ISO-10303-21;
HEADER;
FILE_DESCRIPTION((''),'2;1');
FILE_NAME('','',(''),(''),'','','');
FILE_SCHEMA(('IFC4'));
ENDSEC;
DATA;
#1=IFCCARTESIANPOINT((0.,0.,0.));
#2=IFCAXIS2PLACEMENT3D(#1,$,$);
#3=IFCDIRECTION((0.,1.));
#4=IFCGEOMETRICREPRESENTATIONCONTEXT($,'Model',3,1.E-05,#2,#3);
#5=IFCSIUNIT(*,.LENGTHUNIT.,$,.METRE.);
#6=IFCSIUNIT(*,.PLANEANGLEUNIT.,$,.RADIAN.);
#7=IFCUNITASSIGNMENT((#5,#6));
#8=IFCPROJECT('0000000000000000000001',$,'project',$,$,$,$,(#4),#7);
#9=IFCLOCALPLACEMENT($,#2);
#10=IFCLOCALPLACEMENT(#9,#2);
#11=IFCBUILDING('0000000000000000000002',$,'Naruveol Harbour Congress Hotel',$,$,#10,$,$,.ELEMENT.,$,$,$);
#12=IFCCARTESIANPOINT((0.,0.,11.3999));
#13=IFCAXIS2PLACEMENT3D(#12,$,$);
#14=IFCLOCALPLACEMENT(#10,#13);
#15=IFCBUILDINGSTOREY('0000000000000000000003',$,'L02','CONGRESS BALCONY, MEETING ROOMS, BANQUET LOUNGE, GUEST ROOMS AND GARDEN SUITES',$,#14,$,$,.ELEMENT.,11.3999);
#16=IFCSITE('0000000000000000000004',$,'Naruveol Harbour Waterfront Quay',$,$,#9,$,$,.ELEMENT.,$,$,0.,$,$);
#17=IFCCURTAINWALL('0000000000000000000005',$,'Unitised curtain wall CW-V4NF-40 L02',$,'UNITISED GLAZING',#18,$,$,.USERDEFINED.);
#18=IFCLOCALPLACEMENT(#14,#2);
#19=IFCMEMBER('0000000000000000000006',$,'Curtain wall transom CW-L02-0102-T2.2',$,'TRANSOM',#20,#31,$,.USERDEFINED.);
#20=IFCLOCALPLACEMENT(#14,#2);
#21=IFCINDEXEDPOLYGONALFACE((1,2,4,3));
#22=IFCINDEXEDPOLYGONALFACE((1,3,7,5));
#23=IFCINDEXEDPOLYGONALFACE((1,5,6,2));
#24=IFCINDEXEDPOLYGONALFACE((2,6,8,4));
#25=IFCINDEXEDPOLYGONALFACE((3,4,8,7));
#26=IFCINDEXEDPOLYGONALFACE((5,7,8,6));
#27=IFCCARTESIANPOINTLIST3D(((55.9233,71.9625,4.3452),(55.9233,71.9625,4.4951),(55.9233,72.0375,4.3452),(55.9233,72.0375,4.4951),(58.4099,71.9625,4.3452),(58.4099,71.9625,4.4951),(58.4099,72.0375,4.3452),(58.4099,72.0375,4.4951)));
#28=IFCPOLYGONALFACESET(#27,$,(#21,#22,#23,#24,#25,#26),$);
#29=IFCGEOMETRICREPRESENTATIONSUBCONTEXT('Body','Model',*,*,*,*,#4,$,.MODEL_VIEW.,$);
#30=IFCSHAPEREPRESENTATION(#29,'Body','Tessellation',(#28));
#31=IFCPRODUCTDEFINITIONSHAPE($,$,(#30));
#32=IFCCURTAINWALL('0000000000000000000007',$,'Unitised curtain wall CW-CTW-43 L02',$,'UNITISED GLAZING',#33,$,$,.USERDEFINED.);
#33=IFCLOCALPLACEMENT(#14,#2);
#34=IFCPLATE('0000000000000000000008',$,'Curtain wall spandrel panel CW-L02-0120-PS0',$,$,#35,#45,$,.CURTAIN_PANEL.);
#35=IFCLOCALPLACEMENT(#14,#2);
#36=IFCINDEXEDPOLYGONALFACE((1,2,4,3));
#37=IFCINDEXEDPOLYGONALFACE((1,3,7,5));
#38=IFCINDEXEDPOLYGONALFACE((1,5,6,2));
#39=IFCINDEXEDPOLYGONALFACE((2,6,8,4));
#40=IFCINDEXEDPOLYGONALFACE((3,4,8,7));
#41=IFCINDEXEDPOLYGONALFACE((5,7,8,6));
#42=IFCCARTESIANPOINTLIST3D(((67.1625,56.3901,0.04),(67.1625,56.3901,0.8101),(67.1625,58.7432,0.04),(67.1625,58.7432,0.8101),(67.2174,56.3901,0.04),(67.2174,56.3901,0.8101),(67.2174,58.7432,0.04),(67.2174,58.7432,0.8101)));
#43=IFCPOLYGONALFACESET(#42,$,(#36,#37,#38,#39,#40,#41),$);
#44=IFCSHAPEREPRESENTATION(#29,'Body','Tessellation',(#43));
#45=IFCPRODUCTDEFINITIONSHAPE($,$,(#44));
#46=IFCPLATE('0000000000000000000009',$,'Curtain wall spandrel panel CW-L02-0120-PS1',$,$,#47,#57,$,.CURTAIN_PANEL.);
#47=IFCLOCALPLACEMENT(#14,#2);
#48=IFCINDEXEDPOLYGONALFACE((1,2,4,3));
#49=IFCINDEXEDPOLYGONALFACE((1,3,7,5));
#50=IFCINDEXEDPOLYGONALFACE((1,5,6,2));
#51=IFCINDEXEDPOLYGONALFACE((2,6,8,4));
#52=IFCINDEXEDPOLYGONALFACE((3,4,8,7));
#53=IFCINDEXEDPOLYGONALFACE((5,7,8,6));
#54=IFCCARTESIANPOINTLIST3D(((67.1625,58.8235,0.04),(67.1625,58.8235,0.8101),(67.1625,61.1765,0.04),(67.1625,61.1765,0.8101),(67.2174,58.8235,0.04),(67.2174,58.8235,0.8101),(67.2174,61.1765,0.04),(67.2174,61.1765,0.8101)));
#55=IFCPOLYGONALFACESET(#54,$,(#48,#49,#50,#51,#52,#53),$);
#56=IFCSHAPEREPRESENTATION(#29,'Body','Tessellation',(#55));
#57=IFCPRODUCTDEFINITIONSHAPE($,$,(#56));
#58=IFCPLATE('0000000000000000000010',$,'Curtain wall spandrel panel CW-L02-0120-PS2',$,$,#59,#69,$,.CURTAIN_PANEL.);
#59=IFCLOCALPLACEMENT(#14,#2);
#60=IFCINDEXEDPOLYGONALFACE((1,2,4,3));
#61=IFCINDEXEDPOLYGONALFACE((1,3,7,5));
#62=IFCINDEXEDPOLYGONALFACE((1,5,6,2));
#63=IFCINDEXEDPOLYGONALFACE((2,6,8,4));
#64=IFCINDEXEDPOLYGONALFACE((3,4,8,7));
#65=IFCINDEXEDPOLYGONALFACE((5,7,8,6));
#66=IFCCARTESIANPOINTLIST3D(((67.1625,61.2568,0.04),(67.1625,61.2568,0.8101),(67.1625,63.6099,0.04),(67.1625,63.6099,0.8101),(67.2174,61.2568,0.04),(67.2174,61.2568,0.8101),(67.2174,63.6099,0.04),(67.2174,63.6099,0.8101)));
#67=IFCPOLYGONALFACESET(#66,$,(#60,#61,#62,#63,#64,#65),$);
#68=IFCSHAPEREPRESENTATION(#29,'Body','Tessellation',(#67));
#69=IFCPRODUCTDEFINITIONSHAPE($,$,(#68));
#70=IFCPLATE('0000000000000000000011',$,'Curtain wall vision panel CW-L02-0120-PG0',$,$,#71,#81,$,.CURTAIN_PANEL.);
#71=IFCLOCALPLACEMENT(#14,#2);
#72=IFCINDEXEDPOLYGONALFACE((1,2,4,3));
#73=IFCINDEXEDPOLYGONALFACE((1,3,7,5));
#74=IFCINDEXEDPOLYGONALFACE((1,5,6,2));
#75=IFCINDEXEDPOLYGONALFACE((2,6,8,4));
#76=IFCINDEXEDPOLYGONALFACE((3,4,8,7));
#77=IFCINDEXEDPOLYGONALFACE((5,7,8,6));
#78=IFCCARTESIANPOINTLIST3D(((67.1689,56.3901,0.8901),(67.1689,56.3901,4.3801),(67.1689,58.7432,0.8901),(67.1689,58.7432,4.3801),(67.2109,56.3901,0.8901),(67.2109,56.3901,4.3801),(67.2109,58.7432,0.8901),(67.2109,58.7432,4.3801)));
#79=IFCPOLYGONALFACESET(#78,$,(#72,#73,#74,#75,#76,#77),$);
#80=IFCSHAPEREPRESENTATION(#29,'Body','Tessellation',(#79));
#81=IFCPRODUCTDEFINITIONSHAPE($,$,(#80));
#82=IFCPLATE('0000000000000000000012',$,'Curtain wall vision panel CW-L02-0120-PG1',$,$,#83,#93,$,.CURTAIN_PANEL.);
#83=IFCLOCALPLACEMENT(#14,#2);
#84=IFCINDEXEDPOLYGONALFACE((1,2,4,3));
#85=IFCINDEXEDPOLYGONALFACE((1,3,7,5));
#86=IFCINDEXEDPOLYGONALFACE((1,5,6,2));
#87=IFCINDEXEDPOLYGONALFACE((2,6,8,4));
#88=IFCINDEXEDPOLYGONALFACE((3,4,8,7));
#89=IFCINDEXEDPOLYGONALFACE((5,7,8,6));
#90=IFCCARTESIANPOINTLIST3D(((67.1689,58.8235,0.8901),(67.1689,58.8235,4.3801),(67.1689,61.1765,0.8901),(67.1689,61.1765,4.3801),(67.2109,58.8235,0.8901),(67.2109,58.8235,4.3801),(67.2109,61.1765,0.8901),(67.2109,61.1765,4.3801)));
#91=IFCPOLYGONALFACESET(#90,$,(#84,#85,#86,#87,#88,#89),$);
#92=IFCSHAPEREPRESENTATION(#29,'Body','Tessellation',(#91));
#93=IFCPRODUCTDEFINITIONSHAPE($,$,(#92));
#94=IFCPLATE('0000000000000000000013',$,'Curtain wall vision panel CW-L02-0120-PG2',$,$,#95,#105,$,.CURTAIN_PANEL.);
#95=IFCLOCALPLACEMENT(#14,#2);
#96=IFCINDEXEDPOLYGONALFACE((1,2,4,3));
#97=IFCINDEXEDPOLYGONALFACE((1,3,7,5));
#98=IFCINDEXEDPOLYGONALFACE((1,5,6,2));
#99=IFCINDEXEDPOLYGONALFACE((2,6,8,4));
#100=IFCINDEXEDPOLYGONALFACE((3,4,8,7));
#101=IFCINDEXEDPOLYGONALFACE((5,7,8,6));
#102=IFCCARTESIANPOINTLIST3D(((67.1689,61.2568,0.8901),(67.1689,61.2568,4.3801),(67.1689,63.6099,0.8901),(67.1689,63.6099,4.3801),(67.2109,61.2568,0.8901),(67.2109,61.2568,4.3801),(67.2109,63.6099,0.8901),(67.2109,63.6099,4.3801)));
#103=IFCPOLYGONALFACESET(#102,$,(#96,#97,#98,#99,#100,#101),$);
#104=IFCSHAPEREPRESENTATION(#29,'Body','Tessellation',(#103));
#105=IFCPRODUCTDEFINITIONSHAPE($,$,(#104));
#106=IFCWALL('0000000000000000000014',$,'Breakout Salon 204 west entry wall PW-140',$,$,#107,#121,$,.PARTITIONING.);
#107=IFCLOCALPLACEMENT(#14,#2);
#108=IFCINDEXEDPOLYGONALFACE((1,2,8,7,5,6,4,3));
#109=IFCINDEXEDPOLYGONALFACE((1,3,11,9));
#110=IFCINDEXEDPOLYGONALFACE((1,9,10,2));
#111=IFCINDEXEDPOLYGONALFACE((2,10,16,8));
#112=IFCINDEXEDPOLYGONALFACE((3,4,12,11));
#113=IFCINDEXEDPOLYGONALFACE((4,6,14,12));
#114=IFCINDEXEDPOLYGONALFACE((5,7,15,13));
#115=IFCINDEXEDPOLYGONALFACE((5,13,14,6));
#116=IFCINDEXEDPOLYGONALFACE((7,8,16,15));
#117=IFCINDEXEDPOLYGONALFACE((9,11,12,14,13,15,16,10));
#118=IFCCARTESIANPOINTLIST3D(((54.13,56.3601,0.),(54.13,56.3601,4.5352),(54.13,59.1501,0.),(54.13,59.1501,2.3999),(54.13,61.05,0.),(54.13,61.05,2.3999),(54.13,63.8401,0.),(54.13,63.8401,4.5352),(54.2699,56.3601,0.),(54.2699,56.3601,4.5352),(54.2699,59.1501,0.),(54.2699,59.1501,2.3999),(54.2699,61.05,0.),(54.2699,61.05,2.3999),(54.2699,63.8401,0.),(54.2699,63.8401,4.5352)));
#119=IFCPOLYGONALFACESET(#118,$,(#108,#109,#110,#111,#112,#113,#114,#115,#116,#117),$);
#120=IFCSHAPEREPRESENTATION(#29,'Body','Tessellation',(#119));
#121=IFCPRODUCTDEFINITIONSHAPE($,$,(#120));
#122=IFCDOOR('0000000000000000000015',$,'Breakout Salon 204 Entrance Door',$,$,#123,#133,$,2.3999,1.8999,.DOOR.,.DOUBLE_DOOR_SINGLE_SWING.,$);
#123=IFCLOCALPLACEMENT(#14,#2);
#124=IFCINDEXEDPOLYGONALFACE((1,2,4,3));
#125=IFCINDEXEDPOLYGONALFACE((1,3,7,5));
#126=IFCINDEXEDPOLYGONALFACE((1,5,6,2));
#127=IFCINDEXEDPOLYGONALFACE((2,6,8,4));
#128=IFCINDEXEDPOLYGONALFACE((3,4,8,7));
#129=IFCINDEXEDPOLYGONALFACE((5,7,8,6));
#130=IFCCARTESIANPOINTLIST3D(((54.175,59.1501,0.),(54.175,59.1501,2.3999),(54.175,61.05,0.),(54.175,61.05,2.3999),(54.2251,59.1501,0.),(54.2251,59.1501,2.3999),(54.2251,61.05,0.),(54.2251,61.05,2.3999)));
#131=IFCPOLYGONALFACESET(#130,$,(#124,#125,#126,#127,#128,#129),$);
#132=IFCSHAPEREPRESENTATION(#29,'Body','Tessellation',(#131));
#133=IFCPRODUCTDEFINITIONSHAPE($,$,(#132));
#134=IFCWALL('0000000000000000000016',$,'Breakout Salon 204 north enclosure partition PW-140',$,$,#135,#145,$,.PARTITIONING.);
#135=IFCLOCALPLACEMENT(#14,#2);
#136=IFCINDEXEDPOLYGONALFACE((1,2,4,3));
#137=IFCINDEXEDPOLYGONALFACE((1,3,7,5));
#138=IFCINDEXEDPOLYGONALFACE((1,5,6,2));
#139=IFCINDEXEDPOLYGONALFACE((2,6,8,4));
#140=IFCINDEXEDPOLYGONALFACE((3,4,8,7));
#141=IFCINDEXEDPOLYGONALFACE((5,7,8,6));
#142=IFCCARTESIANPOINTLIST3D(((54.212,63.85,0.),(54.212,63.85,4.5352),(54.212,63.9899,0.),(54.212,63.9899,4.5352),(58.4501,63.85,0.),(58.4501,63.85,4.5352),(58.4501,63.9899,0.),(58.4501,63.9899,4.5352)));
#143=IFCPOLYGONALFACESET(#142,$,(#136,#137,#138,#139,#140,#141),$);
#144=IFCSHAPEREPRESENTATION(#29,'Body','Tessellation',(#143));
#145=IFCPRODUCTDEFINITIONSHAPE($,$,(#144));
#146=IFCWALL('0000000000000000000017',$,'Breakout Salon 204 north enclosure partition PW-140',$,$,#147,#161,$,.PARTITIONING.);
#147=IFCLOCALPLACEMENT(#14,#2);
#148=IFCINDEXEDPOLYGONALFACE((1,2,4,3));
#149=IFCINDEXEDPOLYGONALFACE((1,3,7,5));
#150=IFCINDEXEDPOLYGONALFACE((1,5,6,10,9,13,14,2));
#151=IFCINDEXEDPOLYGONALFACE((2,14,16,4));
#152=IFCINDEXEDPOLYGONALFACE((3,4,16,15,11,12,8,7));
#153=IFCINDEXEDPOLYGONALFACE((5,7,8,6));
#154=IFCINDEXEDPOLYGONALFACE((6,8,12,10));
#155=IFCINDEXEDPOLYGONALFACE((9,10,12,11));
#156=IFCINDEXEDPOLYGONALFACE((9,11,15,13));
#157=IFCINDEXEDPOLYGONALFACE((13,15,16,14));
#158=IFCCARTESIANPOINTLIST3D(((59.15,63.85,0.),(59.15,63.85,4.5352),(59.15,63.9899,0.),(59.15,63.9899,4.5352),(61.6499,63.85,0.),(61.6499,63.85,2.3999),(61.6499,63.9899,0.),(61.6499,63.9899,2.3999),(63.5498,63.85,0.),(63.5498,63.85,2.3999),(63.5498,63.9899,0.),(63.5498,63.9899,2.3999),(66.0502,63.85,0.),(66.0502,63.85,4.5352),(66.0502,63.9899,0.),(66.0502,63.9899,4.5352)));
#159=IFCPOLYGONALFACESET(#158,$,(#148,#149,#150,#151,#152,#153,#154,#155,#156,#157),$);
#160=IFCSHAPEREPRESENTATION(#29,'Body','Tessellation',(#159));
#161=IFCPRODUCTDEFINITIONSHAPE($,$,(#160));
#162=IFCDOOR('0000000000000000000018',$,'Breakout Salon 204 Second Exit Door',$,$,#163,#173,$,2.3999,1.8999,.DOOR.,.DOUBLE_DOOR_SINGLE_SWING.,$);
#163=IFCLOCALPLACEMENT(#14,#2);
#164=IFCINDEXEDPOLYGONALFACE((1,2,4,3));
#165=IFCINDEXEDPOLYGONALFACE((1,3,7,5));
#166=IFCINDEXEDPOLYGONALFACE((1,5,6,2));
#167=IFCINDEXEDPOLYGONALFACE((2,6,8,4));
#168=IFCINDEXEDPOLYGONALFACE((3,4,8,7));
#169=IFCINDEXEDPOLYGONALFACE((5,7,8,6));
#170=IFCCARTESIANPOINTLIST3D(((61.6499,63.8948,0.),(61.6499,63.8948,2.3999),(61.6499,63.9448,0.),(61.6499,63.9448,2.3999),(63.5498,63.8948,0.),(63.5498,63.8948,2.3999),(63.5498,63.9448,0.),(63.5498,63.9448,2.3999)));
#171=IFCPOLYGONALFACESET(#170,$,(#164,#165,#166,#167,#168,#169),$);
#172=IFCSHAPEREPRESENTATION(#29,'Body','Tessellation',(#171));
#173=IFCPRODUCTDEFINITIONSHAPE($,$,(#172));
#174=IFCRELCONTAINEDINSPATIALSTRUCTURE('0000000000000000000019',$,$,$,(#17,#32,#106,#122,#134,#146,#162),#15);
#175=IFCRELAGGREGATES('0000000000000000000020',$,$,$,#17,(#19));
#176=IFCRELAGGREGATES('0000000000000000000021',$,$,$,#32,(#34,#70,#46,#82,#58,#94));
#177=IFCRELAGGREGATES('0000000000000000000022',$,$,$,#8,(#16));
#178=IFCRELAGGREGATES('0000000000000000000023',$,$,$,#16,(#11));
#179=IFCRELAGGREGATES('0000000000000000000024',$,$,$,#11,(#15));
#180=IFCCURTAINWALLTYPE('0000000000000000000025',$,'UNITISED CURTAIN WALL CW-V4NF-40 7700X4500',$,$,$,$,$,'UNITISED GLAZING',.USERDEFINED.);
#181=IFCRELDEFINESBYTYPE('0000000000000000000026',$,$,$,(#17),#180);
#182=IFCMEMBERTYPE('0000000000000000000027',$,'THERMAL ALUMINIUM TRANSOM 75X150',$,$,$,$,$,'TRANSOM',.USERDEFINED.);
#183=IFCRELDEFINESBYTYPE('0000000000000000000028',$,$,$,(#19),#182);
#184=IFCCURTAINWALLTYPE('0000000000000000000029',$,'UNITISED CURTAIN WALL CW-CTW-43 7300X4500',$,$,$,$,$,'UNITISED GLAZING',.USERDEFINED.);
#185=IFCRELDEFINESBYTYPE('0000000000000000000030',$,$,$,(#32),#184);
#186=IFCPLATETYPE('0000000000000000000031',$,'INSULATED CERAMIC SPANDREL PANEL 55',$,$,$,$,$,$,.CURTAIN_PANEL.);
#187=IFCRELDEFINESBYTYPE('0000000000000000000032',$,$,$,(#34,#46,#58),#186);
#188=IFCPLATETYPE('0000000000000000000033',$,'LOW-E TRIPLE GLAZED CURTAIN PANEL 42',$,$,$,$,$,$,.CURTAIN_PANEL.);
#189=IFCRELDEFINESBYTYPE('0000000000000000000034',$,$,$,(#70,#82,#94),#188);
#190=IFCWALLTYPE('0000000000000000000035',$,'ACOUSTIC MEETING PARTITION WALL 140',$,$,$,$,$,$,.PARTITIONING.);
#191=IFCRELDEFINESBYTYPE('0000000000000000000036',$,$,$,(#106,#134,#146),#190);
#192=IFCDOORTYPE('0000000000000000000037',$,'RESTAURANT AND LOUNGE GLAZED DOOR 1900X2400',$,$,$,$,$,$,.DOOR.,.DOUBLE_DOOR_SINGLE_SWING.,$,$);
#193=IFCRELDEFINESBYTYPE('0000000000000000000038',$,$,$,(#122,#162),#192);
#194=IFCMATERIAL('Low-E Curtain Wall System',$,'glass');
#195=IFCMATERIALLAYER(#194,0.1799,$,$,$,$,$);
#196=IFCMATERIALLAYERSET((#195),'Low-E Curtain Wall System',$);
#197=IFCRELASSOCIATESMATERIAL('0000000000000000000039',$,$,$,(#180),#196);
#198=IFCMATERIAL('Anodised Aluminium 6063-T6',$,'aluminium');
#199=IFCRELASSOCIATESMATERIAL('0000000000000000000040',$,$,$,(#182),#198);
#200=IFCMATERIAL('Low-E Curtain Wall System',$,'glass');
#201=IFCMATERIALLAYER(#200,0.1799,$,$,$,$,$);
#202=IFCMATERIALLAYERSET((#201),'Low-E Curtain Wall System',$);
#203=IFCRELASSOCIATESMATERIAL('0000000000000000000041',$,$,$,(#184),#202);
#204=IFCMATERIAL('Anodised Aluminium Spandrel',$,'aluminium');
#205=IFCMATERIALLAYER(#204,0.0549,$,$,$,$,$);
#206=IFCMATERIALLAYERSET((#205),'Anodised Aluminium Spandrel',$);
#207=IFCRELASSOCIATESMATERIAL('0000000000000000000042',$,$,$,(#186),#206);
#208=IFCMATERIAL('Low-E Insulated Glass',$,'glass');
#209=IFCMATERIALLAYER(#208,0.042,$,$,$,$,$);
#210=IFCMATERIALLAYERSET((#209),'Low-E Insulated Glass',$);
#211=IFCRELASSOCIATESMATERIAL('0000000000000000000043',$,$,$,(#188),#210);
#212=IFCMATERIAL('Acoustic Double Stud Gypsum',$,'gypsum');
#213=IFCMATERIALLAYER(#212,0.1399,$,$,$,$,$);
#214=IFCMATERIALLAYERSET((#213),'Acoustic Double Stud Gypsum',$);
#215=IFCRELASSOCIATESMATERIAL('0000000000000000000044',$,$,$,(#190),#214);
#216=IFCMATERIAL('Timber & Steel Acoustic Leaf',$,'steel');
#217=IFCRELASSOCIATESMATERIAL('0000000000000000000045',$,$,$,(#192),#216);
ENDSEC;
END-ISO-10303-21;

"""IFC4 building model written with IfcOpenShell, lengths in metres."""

from ifc_helpers import new_model, si_unit, direction, frame, frame_2d, origin, origin_2d, place, context, subcontext, project, spatial, rectangle, extrude, material, layer, layer_set, material_profile, profile_set, type_object, element, fill, aggregate, save


model = new_model("IFC4")

# Units and contexts
model_context = context("Model", 3, precision=1e-05, world=origin(), true_north=direction((0.0, 1.0)))
body_context = subcontext(model_context, "Body", "Model", "MODEL_VIEW")
ifc_project = project(units=[si_unit("LENGTHUNIT", "METRE"), si_unit("PLANEANGLEUNIT", "RADIAN")], contexts=[model_context])

# Site, building, storey
site_placement = place(None, origin())
site = spatial("IfcSite", under=ifc_project, at=site_placement, Name="Naruveol Harbour Waterfront Quay", CompositionType="ELEMENT", RefElevation=0.0)
building_placement = place(site_placement, origin())
building = spatial("IfcBuilding", under=site, at=building_placement, Name="Naruveol Harbour Congress Hotel", CompositionType="ELEMENT")
storey_placement = place(building_placement, frame((0.0, 0.0, 11.3999)))
storey = spatial("IfcBuildingStorey", under=building, at=storey_placement, Name="L02", Description="CONGRESS BALCONY, MEETING ROOMS, BANQUET LOUNGE, GUEST ROOMS AND GARDEN SUITES", CompositionType="ELEMENT", Elevation=11.3999)

# Curtain wall, member
ifc_material_1 = material(Name="Low-E Curtain Wall System", Category="glass")
ifc_layer_1 = layer(ifc_material_1, 0.1799)
ifc_layer_set_1 = layer_set([ifc_layer_1], Name="Low-E Curtain Wall System")
curtain_wall_type_1 = type_object("IfcCurtainWallType", Name="UNITISED CURTAIN WALL CW-V4NF-40 7700X4500", ElementType="UNITISED GLAZING", PredefinedType="USERDEFINED", material=ifc_layer_set_1)
curtain_wall_1_placement = place(storey_placement, origin())
curtain_wall_1 = element("IfcCurtainWall", 1, at=curtain_wall_1_placement, inside=storey, type_object=curtain_wall_type_1, Name="Unitised curtain wall CW-V4NF-40 L02", ObjectType="UNITISED GLAZING", PredefinedType="USERDEFINED")
ifc_material_2 = material(Name="Anodised Aluminium 6063-T6", Category="aluminium")
ifc_material_profile_1 = material_profile(ifc_material_2, rectangle(XDim=0.075, YDim=0.1499, at=origin_2d()), Name="ALU-75x150")
ifc_profile_set_1 = profile_set([ifc_material_profile_1], Name="Anodised Aluminium 6063-T6")
member_type_1 = type_object("IfcMemberType", Name="THERMAL ALUMINIUM TRANSOM 75X150", ElementType="TRANSOM", PredefinedType="USERDEFINED", material=ifc_profile_set_1)
member_1_placement = place(storey_placement, frame((55.9233, 72.0, 4.4202), z_axis=(1.0, 0.0, 0.0), x_axis=(0.0, 1.0, 0.0)))
member_1 = element("IfcMember", 2, at=member_1_placement, type_object=member_type_1, Name="Curtain wall transom CW-L02-0102-T2.2", ObjectType="TRANSOM", PredefinedType="USERDEFINED", context=body_context, shape_type="SweptSolid", body=[
    extrude(rectangle(XDim=0.075, YDim=0.1499, at=origin_2d()), origin(), (0.0, 0.0, 1.0), 2.4866),
])
aggregate(curtain_wall_1, [member_1])

# Curtain wall, plates
ifc_material_3 = material(Name="Low-E Curtain Wall System", Category="glass")
ifc_layer_2 = layer(ifc_material_3, 0.1799)
ifc_layer_set_2 = layer_set([ifc_layer_2], Name="Low-E Curtain Wall System")
curtain_wall_type_2 = type_object("IfcCurtainWallType", Name="UNITISED CURTAIN WALL CW-CTW-43 7300X4500", ElementType="UNITISED GLAZING", PredefinedType="USERDEFINED", material=ifc_layer_set_2)
curtain_wall_2_placement = place(storey_placement, origin())
curtain_wall_2 = element("IfcCurtainWall", 3, at=curtain_wall_2_placement, inside=storey, type_object=curtain_wall_type_2, Name="Unitised curtain wall CW-CTW-43 L02", ObjectType="UNITISED GLAZING", PredefinedType="USERDEFINED")
ifc_material_4 = material(Name="Anodised Aluminium Spandrel", Category="aluminium")
ifc_layer_3 = layer(ifc_material_4, 0.0549)
ifc_layer_set_3 = layer_set([ifc_layer_3], Name="Anodised Aluminium Spandrel")
plate_type_1 = type_object("IfcPlateType", Name="INSULATED CERAMIC SPANDREL PANEL 55", PredefinedType="CURTAIN_PANEL", material=ifc_layer_set_3)
plate_1_placement = place(storey_placement, frame((67.1899, 57.5667, 0.04), z_axis=(0.0, 0.0, 1.0), x_axis=(0.0, 1.0, 0.0)))
plate_1 = element("IfcPlate", 4, at=plate_1_placement, type_object=plate_type_1, Name="Curtain wall spandrel panel CW-L02-0120-PS0", PredefinedType="CURTAIN_PANEL", context=body_context, shape_type="SweptSolid", body=[
    extrude(rectangle(XDim=2.353, YDim=0.0549, at=origin_2d()), origin(), (0.0, 0.0, 1.0), 0.77),
])
plate_2_placement = place(storey_placement, frame((67.1899, 60.0, 0.04), z_axis=(0.0, 0.0, 1.0), x_axis=(0.0, 1.0, 0.0)))
plate_2 = element("IfcPlate", 5, at=plate_2_placement, type_object=plate_type_1, Name="Curtain wall spandrel panel CW-L02-0120-PS1", PredefinedType="CURTAIN_PANEL", context=body_context, shape_type="SweptSolid", body=[
    extrude(rectangle(XDim=2.353, YDim=0.0549, at=origin_2d()), origin(), (0.0, 0.0, 1.0), 0.77),
])
plate_3_placement = place(storey_placement, frame((67.1899, 62.4333, 0.04), z_axis=(0.0, 0.0, 1.0), x_axis=(0.0, 1.0, 0.0)))
plate_3 = element("IfcPlate", 6, at=plate_3_placement, type_object=plate_type_1, Name="Curtain wall spandrel panel CW-L02-0120-PS2", PredefinedType="CURTAIN_PANEL", context=body_context, shape_type="SweptSolid", body=[
    extrude(rectangle(XDim=2.353, YDim=0.0549, at=origin_2d()), origin(), (0.0, 0.0, 1.0), 0.77),
])
ifc_material_5 = material(Name="Low-E Insulated Glass", Category="glass")
ifc_layer_4 = layer(ifc_material_5, 0.042)
ifc_layer_set_4 = layer_set([ifc_layer_4], Name="Low-E Insulated Glass")
plate_type_2 = type_object("IfcPlateType", Name="LOW-E TRIPLE GLAZED CURTAIN PANEL 42", PredefinedType="CURTAIN_PANEL", material=ifc_layer_set_4)
plate_4_placement = place(storey_placement, frame((67.1899, 57.5667, 0.8901), z_axis=(0.0, 0.0, 1.0), x_axis=(0.0, 1.0, 0.0)))
plate_4 = element("IfcPlate", 7, at=plate_4_placement, type_object=plate_type_2, Name="Curtain wall vision panel CW-L02-0120-PG0", PredefinedType="CURTAIN_PANEL", context=body_context, shape_type="SweptSolid", body=[
    extrude(rectangle(XDim=2.353, YDim=0.042, at=origin_2d()), origin(), (0.0, 0.0, 1.0), 3.49),
])
plate_5_placement = place(storey_placement, frame((67.1899, 60.0, 0.8901), z_axis=(0.0, 0.0, 1.0), x_axis=(0.0, 1.0, 0.0)))
plate_5 = element("IfcPlate", 8, at=plate_5_placement, type_object=plate_type_2, Name="Curtain wall vision panel CW-L02-0120-PG1", PredefinedType="CURTAIN_PANEL", context=body_context, shape_type="SweptSolid", body=[
    extrude(rectangle(XDim=2.353, YDim=0.042, at=origin_2d()), origin(), (0.0, 0.0, 1.0), 3.49),
])
plate_6_placement = place(storey_placement, frame((67.1899, 62.4333, 0.8901), z_axis=(0.0, 0.0, 1.0), x_axis=(0.0, 1.0, 0.0)))
plate_6 = element("IfcPlate", 9, at=plate_6_placement, type_object=plate_type_2, Name="Curtain wall vision panel CW-L02-0120-PG2", PredefinedType="CURTAIN_PANEL", context=body_context, shape_type="SweptSolid", body=[
    extrude(rectangle(XDim=2.353, YDim=0.042, at=origin_2d()), origin(), (0.0, 0.0, 1.0), 3.49),
])
aggregate(curtain_wall_2, [plate_1, plate_4, plate_2, plate_5, plate_3, plate_6])

# Wall, opening, door
ifc_material_6 = material(Name="Acoustic Double Stud Gypsum", Category="gypsum")
ifc_layer_5 = layer(ifc_material_6, 0.1399)
ifc_layer_set_5 = layer_set([ifc_layer_5], Name="Acoustic Double Stud Gypsum")
wall_type_1 = type_object("IfcWallType", Name="ACOUSTIC MEETING PARTITION WALL 140", PredefinedType="PARTITIONING", material=ifc_layer_set_5)
wall_1_placement = place(storey_placement, frame((54.2, 56.3601, 0.0), z_axis=(0.0, 0.0, 1.0), x_axis=(0.0, 1.0, 0.0)))
wall_1 = element("IfcWall", 10, at=wall_1_placement, inside=storey, type_object=wall_type_1, Name="Breakout Salon 204 west entry wall PW-140", PredefinedType="PARTITIONING", context=body_context, shape_type="SweptSolid", body=[
    extrude(rectangle(XDim=7.48, YDim=0.1399, at=frame_2d((3.74, 0.0))), origin(), (0.0, 0.0, 1.0), 4.5352),
])
opening_1_placement = place(wall_1_placement, frame((2.79, 0.0, 0.0)))
opening_1 = element("IfcOpeningElement", 11, at=opening_1_placement, cuts=wall_1, PredefinedType="OPENING", context=body_context, shape_type="SweptSolid", body=[
    extrude(rectangle(XDim=1.8999, YDim=2.3999, at=frame_2d((0.95, 1.2))), frame((0.0, 0.0798, 0.0), z_axis=(0.0, -1.0, 0.0), x_axis=(1.0, 0.0, 0.0)), (0.0, 0.0, 1.0), 0.1599),
])
ifc_material_7 = material(Name="Timber & Steel Acoustic Leaf", Category="steel")
door_type = type_object("IfcDoorType", Name="RESTAURANT AND LOUNGE GLAZED DOOR 1900X2400", OperationType="DOUBLE_DOOR_SINGLE_SWING", PredefinedType="DOOR", material=ifc_material_7)
door_1_placement = place(opening_1_placement, origin())
door_1 = element("IfcDoor", 12, at=door_1_placement, inside=storey, type_object=door_type, Name="Breakout Salon 204 Entrance Door", OperationType="DOUBLE_DOOR_SINGLE_SWING", OverallHeight=2.3999, OverallWidth=1.8999, PredefinedType="DOOR", context=body_context, shape_type="SweptSolid", body=[
    extrude(rectangle(XDim=1.8999, YDim=2.3999, at=frame_2d((0.95, 1.2))), frame((0.0, 0.0249, 0.0), z_axis=(0.0, -1.0, 0.0), x_axis=(1.0, 0.0, 0.0)), (0.0, 0.0, 1.0), 0.05),
])
fill(opening_1, door_1)

# Wall
wall_2_placement = place(storey_placement, frame((54.2119, 63.9199, 0.0), z_axis=(0.0, 0.0, 1.0), x_axis=(1.0, 0.0, 0.0)))
element("IfcWall", 13, at=wall_2_placement, inside=storey, type_object=wall_type_1, Name="Breakout Salon 204 north enclosure partition PW-140", PredefinedType="PARTITIONING", context=body_context, shape_type="SweptSolid", body=[
    extrude(rectangle(XDim=4.238, YDim=0.1399, at=frame_2d((2.1191, 0.0))), origin(), (0.0, 0.0, 1.0), 4.5352),
])

# Wall, opening, door
wall_3_placement = place(storey_placement, frame((59.1499, 63.9199, 0.0), z_axis=(0.0, 0.0, 1.0), x_axis=(1.0, 0.0, 0.0)))
wall_3 = element("IfcWall", 14, at=wall_3_placement, inside=storey, type_object=wall_type_1, Name="Breakout Salon 204 north enclosure partition PW-140", PredefinedType="PARTITIONING", context=body_context, shape_type="SweptSolid", body=[
    extrude(rectangle(XDim=6.9001, YDim=0.1399, at=frame_2d((3.4502, 0.0))), origin(), (0.0, 0.0, 1.0), 4.5352),
])
opening_2_placement = place(wall_3_placement, frame((2.5, 0.0, 0.0)))
opening_2 = element("IfcOpeningElement", 15, at=opening_2_placement, cuts=wall_3, PredefinedType="OPENING", context=body_context, shape_type="SweptSolid", body=[
    extrude(rectangle(XDim=1.8999, YDim=2.3999, at=frame_2d((0.95, 1.2))), frame((0.0, 0.0798, 0.0), z_axis=(0.0, -1.0, 0.0), x_axis=(1.0, 0.0, 0.0)), (0.0, 0.0, 1.0), 0.1599),
])
door_2_placement = place(opening_2_placement, origin())
door_2 = element("IfcDoor", 16, at=door_2_placement, inside=storey, type_object=door_type, Name="Breakout Salon 204 Second Exit Door", OperationType="DOUBLE_DOOR_SINGLE_SWING", OverallHeight=2.3999, OverallWidth=1.8999, PredefinedType="DOOR", context=body_context, shape_type="SweptSolid", body=[
    extrude(rectangle(XDim=1.8999, YDim=2.3999, at=frame_2d((0.95, 1.2))), frame((0.0, 0.0249, 0.0), z_axis=(0.0, -1.0, 0.0), x_axis=(1.0, 0.0, 0.0)), (0.0, 0.0, 1.0), 0.05),
])
fill(opening_2, door_2)

save(model, "model.ifc")
